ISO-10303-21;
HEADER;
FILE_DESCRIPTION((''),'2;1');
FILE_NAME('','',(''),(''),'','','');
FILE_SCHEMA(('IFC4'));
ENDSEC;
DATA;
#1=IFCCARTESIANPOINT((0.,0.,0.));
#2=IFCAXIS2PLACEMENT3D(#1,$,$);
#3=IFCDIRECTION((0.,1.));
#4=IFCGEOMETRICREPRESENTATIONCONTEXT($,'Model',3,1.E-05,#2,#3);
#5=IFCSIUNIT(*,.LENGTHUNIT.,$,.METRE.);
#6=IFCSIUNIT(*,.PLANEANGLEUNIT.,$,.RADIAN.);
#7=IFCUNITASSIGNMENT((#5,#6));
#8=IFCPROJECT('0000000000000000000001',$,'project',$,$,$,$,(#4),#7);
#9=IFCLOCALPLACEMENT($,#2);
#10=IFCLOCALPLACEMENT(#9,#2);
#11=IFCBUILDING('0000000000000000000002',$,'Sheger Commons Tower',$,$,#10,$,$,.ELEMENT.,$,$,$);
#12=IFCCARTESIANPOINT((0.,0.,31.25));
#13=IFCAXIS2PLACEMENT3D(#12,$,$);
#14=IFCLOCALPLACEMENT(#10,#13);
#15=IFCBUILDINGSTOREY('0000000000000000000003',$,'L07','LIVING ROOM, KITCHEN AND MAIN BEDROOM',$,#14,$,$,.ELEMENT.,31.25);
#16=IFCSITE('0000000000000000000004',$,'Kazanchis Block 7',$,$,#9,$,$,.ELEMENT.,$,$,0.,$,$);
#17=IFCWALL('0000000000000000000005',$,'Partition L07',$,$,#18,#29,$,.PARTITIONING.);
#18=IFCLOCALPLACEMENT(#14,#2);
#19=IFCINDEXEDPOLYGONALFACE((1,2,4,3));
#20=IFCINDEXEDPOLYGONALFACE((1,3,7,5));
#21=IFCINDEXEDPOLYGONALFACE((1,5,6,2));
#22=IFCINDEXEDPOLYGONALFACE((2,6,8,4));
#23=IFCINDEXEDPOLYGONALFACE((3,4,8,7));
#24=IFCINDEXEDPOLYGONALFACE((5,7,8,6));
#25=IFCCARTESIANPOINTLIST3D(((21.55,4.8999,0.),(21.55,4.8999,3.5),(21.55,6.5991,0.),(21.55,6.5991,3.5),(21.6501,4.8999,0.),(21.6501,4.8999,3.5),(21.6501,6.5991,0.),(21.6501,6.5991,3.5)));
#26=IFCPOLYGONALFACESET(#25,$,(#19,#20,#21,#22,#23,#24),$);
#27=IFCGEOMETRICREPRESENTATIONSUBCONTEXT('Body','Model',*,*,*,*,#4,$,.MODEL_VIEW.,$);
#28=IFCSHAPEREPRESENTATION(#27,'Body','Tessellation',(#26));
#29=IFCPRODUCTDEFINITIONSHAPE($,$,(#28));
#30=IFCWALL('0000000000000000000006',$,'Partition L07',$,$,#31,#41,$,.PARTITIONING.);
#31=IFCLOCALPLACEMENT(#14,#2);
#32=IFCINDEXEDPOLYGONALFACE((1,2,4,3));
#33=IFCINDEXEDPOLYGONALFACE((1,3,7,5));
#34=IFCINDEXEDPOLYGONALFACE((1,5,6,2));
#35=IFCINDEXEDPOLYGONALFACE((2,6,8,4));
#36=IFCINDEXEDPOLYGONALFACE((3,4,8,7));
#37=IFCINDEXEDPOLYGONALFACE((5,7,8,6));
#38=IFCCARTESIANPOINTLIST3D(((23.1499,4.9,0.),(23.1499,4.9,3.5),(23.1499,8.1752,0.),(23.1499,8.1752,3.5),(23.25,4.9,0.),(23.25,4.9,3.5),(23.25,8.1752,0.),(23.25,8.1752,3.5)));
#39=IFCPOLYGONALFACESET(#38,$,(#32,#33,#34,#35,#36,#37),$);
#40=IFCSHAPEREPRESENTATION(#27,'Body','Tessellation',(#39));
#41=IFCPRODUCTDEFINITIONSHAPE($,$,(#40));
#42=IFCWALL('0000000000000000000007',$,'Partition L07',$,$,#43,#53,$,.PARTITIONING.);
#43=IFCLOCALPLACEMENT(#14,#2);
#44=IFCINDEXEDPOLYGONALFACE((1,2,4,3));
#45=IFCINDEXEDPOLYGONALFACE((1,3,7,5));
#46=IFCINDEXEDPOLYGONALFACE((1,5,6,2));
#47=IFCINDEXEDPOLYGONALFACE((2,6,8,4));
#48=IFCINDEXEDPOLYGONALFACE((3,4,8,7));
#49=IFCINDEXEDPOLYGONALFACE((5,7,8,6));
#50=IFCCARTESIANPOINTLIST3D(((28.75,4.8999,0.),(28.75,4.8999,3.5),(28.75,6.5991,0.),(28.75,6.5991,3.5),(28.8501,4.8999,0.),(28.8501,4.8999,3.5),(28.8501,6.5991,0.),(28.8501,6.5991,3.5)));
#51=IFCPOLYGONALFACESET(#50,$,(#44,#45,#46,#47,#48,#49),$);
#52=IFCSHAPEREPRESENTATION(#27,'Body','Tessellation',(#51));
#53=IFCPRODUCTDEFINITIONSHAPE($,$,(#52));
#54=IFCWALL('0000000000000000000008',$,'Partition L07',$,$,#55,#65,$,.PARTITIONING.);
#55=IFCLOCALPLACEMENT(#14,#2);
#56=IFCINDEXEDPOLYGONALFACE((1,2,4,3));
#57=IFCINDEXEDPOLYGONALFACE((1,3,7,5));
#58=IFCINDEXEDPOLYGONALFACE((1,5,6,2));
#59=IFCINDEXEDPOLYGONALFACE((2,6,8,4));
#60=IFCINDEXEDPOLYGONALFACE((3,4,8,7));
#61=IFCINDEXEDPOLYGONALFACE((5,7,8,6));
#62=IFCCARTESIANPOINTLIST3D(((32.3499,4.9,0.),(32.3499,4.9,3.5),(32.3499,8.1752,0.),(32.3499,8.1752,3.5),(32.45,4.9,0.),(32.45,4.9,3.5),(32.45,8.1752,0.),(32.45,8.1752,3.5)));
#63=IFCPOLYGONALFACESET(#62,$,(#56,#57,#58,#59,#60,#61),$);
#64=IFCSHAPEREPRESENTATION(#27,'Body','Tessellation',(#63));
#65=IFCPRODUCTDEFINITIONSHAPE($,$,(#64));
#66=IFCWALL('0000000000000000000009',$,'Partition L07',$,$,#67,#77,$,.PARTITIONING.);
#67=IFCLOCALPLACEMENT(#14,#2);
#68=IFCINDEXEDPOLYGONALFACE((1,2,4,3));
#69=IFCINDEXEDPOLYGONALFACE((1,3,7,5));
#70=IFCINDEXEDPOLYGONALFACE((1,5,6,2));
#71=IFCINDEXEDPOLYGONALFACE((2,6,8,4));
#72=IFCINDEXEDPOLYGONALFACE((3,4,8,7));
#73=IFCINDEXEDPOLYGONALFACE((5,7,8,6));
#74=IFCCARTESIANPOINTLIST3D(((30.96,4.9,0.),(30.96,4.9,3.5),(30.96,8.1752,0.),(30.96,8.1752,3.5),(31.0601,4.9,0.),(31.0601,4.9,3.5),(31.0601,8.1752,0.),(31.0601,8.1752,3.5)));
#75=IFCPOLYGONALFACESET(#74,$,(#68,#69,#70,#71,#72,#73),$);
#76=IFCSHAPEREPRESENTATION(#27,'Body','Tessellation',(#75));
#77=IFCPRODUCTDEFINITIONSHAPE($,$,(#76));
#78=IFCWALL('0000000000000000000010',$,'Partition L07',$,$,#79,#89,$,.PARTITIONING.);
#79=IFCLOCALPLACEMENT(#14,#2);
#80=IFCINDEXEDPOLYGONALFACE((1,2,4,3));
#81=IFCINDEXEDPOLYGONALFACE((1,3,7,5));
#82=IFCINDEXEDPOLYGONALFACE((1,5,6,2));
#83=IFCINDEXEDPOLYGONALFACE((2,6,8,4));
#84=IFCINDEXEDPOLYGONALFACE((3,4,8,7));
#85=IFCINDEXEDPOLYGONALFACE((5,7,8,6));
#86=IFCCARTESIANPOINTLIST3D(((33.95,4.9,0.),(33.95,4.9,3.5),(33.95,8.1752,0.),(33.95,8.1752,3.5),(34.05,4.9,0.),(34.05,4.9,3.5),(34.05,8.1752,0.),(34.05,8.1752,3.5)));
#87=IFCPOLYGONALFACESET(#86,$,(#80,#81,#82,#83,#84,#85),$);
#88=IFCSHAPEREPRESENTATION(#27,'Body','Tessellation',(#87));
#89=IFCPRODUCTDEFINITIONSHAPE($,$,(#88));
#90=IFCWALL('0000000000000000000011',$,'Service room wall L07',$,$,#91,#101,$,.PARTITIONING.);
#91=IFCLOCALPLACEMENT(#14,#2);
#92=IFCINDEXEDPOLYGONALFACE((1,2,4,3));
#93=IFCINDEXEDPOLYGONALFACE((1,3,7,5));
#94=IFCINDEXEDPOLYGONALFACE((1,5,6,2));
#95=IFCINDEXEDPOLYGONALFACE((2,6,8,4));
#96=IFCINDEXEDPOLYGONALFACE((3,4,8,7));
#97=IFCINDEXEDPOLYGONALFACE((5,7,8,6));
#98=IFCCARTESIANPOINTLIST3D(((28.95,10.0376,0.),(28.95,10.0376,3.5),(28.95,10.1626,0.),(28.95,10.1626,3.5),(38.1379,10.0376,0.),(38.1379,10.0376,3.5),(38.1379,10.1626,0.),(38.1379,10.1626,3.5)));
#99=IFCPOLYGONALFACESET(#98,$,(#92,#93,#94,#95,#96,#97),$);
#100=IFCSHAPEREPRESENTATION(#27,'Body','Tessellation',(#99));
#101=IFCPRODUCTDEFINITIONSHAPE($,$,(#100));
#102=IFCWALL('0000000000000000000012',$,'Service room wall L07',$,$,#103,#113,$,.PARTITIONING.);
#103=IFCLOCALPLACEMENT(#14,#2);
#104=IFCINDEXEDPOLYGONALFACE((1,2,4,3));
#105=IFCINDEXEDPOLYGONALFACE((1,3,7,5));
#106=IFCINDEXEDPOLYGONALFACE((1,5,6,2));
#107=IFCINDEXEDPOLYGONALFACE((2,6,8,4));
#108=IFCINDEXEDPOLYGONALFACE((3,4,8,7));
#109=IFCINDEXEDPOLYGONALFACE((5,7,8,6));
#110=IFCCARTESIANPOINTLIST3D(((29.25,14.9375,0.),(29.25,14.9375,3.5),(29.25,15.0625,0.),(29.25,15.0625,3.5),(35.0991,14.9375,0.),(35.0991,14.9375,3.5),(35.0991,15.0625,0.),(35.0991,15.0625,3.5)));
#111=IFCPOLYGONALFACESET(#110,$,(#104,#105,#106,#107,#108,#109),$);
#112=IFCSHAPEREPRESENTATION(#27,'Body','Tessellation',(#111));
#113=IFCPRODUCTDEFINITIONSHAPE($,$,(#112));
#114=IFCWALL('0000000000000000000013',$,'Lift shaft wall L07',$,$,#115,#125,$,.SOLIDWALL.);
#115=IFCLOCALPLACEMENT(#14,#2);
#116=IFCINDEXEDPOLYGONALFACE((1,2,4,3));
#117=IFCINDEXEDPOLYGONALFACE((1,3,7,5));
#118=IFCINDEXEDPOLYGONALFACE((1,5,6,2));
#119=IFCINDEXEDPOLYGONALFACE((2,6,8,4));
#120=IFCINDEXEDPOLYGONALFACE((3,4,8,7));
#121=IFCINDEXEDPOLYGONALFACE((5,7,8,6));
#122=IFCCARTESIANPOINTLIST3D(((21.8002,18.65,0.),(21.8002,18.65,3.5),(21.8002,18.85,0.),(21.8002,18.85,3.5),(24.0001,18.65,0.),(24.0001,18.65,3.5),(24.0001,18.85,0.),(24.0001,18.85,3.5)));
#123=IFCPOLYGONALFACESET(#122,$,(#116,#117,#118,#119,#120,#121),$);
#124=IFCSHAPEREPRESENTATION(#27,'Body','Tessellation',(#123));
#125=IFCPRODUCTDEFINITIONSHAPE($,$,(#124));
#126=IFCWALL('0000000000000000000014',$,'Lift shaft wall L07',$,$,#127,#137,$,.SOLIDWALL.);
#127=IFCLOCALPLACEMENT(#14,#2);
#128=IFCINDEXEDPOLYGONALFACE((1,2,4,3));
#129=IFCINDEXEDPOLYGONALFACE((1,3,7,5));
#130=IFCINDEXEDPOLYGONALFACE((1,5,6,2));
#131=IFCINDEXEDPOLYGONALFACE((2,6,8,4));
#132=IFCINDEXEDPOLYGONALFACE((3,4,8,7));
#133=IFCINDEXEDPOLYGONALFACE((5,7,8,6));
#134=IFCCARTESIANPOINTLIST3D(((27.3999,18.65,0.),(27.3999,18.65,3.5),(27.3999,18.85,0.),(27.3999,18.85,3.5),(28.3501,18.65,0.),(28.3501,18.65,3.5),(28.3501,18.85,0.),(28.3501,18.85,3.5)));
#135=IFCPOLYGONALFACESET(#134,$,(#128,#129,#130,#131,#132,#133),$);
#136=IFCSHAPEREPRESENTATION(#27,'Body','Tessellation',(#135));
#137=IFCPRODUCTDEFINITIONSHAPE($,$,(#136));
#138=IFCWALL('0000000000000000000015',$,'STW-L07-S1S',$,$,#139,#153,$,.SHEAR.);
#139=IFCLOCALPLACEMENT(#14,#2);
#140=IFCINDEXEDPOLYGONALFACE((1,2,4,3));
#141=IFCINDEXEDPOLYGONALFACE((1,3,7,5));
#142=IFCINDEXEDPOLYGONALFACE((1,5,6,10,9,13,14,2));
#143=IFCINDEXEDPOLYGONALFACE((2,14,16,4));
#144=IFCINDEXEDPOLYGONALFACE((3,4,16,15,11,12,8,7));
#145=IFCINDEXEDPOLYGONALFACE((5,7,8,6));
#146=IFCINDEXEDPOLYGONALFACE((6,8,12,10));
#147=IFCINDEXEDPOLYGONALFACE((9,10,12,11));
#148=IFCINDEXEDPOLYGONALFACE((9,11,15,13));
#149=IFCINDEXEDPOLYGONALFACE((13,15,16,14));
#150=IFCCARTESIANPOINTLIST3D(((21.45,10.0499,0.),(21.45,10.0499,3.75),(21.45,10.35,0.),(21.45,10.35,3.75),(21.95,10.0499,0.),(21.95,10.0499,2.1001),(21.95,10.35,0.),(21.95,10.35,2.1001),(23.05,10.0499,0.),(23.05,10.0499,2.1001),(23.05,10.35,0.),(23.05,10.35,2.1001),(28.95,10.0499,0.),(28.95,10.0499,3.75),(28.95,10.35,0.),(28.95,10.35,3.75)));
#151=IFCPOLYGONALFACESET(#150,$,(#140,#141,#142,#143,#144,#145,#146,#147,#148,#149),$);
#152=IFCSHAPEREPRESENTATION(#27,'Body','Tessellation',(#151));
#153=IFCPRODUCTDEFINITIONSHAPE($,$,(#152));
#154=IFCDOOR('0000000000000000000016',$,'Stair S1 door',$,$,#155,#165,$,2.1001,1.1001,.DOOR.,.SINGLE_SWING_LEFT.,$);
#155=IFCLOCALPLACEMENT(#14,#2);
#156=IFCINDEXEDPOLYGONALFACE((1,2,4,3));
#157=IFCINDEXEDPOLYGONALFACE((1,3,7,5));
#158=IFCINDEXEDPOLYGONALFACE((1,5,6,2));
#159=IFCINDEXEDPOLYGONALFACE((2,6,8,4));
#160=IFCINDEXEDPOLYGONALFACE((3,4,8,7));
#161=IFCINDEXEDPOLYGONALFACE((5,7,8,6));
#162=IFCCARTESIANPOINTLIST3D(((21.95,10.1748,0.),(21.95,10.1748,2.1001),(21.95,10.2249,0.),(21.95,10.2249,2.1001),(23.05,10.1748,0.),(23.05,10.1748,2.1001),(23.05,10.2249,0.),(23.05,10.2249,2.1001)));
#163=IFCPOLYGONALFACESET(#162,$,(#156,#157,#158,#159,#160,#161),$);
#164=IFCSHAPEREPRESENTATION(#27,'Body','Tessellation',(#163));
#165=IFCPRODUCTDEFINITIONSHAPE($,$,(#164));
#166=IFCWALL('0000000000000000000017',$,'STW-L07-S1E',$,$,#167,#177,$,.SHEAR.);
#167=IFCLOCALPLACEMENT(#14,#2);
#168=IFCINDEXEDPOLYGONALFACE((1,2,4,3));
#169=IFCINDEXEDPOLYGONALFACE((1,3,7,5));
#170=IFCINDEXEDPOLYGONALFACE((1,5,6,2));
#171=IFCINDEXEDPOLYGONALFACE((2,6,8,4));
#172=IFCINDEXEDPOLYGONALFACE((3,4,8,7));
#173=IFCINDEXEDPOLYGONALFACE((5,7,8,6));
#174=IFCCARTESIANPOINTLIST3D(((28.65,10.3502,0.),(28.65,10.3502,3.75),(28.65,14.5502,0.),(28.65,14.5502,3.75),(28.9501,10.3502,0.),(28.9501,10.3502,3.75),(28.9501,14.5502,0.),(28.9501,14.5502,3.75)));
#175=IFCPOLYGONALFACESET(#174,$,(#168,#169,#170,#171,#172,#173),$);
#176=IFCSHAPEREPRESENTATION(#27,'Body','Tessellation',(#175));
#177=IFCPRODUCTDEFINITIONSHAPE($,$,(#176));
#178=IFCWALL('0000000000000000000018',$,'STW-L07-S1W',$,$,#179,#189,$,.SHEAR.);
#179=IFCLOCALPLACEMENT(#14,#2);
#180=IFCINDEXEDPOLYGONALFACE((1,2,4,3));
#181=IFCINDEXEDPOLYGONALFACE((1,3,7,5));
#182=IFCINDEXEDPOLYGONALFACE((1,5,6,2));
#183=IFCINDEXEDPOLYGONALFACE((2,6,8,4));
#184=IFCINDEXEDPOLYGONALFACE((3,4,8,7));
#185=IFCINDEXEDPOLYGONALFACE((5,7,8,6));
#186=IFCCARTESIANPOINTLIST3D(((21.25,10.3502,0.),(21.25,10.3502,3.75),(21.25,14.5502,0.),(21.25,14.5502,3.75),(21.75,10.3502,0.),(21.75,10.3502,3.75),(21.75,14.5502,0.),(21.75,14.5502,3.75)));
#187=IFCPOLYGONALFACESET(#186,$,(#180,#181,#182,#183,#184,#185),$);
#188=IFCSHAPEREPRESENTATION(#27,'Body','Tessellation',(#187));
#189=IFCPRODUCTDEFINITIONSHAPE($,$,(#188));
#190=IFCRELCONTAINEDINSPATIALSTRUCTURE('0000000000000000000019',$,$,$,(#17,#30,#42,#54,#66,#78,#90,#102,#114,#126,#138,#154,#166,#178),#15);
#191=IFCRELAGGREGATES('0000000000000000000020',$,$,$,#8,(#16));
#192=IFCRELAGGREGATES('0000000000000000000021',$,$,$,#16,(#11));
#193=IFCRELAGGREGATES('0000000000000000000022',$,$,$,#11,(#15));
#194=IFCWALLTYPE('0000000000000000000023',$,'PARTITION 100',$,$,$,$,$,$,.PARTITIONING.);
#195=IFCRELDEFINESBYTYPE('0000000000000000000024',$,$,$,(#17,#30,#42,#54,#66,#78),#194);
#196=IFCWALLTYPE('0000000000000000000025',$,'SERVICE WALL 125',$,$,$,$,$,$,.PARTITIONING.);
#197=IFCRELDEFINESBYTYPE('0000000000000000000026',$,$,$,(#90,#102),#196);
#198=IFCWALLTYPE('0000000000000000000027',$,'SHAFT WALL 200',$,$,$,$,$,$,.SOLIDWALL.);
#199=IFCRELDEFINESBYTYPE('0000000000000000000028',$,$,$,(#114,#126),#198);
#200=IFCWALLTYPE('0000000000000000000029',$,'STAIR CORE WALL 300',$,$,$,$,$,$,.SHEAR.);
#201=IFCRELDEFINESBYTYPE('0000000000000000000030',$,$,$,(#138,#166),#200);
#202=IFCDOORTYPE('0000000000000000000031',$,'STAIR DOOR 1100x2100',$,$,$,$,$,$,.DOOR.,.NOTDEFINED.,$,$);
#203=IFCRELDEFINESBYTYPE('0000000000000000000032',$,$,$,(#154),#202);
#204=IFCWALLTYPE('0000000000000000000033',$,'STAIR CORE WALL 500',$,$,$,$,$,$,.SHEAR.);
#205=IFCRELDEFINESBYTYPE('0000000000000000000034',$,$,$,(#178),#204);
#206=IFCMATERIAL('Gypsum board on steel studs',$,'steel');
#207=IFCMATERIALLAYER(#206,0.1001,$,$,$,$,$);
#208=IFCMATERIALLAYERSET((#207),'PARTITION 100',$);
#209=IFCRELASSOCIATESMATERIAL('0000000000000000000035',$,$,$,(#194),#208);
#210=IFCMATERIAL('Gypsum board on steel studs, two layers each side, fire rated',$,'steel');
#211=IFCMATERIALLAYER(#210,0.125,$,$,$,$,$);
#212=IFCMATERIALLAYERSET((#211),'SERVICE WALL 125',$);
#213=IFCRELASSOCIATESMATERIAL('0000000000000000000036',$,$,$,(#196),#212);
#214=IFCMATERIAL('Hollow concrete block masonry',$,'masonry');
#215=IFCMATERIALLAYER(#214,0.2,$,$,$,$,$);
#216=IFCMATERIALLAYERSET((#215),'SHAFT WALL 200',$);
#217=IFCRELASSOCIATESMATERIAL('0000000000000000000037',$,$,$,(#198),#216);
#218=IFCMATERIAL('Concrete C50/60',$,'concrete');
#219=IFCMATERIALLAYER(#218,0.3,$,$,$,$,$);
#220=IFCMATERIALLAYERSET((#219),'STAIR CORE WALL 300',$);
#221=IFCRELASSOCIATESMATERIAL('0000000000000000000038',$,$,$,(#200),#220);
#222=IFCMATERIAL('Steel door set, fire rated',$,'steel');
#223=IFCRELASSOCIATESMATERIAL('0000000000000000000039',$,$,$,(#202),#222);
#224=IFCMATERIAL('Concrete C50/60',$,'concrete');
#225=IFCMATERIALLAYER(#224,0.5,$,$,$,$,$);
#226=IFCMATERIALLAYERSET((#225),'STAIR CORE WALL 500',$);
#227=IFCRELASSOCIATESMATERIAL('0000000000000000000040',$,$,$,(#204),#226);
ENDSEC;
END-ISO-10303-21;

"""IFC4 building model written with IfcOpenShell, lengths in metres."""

from ifc_helpers import new_model, si_unit, direction, frame, frame_2d, origin, place, context, subcontext, project, spatial, rectangle, extrude, material, layer, layer_set, type_object, element, fill, save


model = new_model("IFC4")

# Units and contexts
model_context = context("Model", 3, precision=1e-05, world=origin(), true_north=direction((0.0, 1.0)))
body_context = subcontext(model_context, "Body", "Model", "MODEL_VIEW")
ifc_project = project(units=[si_unit("LENGTHUNIT", "METRE"), si_unit("PLANEANGLEUNIT", "RADIAN")], contexts=[model_context])

# Site, building, storey
site_placement = place(None, origin())
site = spatial("IfcSite", under=ifc_project, at=site_placement, Name="Kazanchis Block 7", CompositionType="ELEMENT", RefElevation=0.0)
building_placement = place(site_placement, origin())
building = spatial("IfcBuilding", under=site, at=building_placement, Name="Sheger Commons Tower", CompositionType="ELEMENT")
storey_placement = place(building_placement, frame((0.0, 0.0, 31.25)))
storey = spatial("IfcBuildingStorey", under=building, at=storey_placement, Name="L07", Description="LIVING ROOM, KITCHEN AND MAIN BEDROOM", CompositionType="ELEMENT", Elevation=31.25)

# Walls
ifc_material_1 = material(Name="Gypsum board on steel studs", Category="steel")
ifc_layer_1 = layer(ifc_material_1, 0.1001)
ifc_layer_set_1 = layer_set([ifc_layer_1], Name="PARTITION 100")
wall_type_1 = type_object("IfcWallType", Name="PARTITION 100", PredefinedType="PARTITIONING", material=ifc_layer_set_1)
wall_1_placement = place(storey_placement, frame((21.6001, 4.8999, 0.0), z_axis=(0.0, 0.0, 1.0), x_axis=(0.0, 1.0, 0.0)))
element("IfcWall", 1, at=wall_1_placement, inside=storey, type_object=wall_type_1, Name="Partition L07", PredefinedType="PARTITIONING", context=body_context, shape_type="SweptSolid", body=[
    extrude(rectangle(XDim=1.6992, YDim=0.1001, at=frame_2d((0.8496, 0.0))), origin(), (0.0, 0.0, 1.0), 3.5),
])
wall_2_placement = place(storey_placement, frame((23.2, 4.8999, 0.0), z_axis=(0.0, 0.0, 1.0), x_axis=(0.0, 1.0, 0.0)))
element("IfcWall", 2, at=wall_2_placement, inside=storey, type_object=wall_type_1, Name="Partition L07", PredefinedType="PARTITIONING", context=body_context, shape_type="SweptSolid", body=[
    extrude(rectangle(XDim=3.2751, YDim=0.1001, at=frame_2d((1.6377, 0.0))), origin(), (0.0, 0.0, 1.0), 3.5),
])
wall_3_placement = place(storey_placement, frame((28.8, 4.8999, 0.0), z_axis=(0.0, 0.0, 1.0), x_axis=(0.0, 1.0, 0.0)))
element("IfcWall", 3, at=wall_3_placement, inside=storey, type_object=wall_type_1, Name="Partition L07", PredefinedType="PARTITIONING", context=body_context, shape_type="SweptSolid", body=[
    extrude(rectangle(XDim=1.6992, YDim=0.1001, at=frame_2d((0.8496, 0.0))), origin(), (0.0, 0.0, 1.0), 3.5),
])
for number, where, z_axis, x_axis, name in (
    (4, (32.3999, 4.8999, 0.0), (0.0, 0.0, 1.0), (0.0, 1.0, 0.0), "Partition L07"),
    (5, (31.01, 4.8999, 0.0), (0.0, 0.0, 1.0), (0.0, 1.0, 0.0), "Partition L07"),
    (6, (34.0, 4.8999, 0.0), (0.0, 0.0, 1.0), (0.0, 1.0, 0.0), "Partition L07"),
):
    element("IfcWall", number, at=place(storey_placement, frame(where, z_axis=z_axis, x_axis=x_axis)), inside=storey, type_object=wall_type_1, Name=name, PredefinedType="PARTITIONING", context=body_context, shape_type="SweptSolid", body=[
        extrude(rectangle(XDim=3.2751, YDim=0.1001, at=frame_2d((1.6377, 0.0))), origin(), (0.0, 0.0, 1.0), 3.5),
    ])
ifc_material_2 = material(Name="Gypsum board on steel studs, two layers each side, fire rated", Category="steel")
ifc_layer_2 = layer(ifc_material_2, 0.125)
ifc_layer_set_2 = layer_set([ifc_layer_2], Name="SERVICE WALL 125")
wall_type_2 = type_object("IfcWallType", Name="SERVICE WALL 125", PredefinedType="PARTITIONING", material=ifc_layer_set_2)
wall_4_placement = place(storey_placement, frame((28.95, 10.1001, 0.0), z_axis=(0.0, 0.0, 1.0), x_axis=(1.0, 0.0, 0.0)))
element("IfcWall", 7, at=wall_4_placement, inside=storey, type_object=wall_type_2, Name="Service room wall L07", PredefinedType="PARTITIONING", context=body_context, shape_type="SweptSolid", body=[
    extrude(rectangle(XDim=9.188, YDim=0.125, at=frame_2d((4.594, 0.0))), origin(), (0.0, 0.0, 1.0), 3.5),
])
wall_5_placement = place(storey_placement, frame((29.25, 15.0, 0.0), z_axis=(0.0, 0.0, 1.0), x_axis=(1.0, 0.0, 0.0)))
element("IfcWall", 8, at=wall_5_placement, inside=storey, type_object=wall_type_2, Name="Service room wall L07", PredefinedType="PARTITIONING", context=body_context, shape_type="SweptSolid", body=[
    extrude(rectangle(XDim=5.8491, YDim=0.125, at=frame_2d((2.9246, 0.0))), origin(), (0.0, 0.0, 1.0), 3.5),
])
ifc_material_3 = material(Name="Hollow concrete block masonry", Category="masonry")
ifc_layer_3 = layer(ifc_material_3, 0.2)
ifc_layer_set_3 = layer_set([ifc_layer_3], Name="SHAFT WALL 200")
wall_type_3 = type_object("IfcWallType", Name="SHAFT WALL 200", PredefinedType="SOLIDWALL", material=ifc_layer_set_3)
wall_6_placement = place(storey_placement, frame((21.8, 18.75, 0.0), z_axis=(0.0, 0.0, 1.0), x_axis=(1.0, 0.0, 0.0)))
element("IfcWall", 9, at=wall_6_placement, inside=storey, type_object=wall_type_3, Name="Lift shaft wall L07", PredefinedType="SOLIDWALL", context=body_context, shape_type="SweptSolid", body=[
    extrude(rectangle(XDim=2.2, YDim=0.2, at=frame_2d((1.1001, 0.0))), origin(), (0.0, 0.0, 1.0), 3.5),
])
wall_7_placement = place(storey_placement, frame((27.3999, 18.75, 0.0), z_axis=(0.0, 0.0, 1.0), x_axis=(1.0, 0.0, 0.0)))
element("IfcWall", 10, at=wall_7_placement, inside=storey, type_object=wall_type_3, Name="Lift shaft wall L07", PredefinedType="SOLIDWALL", context=body_context, shape_type="SweptSolid", body=[
    extrude(rectangle(XDim=0.9502, YDim=0.2, at=frame_2d((0.4751, 0.0))), origin(), (0.0, 0.0, 1.0), 3.5),
])

# Wall, opening, door
ifc_material_4 = material(Name="Concrete C50/60", Category="concrete")
ifc_layer_4 = layer(ifc_material_4, 0.3)
ifc_layer_set_4 = layer_set([ifc_layer_4], Name="STAIR CORE WALL 300")
wall_type_4 = type_object("IfcWallType", Name="STAIR CORE WALL 300", PredefinedType="SHEAR", material=ifc_layer_set_4)
wall_8_placement = place(storey_placement, frame((21.45, 10.2, 0.0), z_axis=(0.0, 0.0, 1.0), x_axis=(1.0, 0.0, 0.0)))
wall_8 = element("IfcWall", 11, at=wall_8_placement, inside=storey, type_object=wall_type_4, Name="STW-L07-S1S", PredefinedType="SHEAR", context=body_context, shape_type="SweptSolid", body=[
    extrude(rectangle(XDim=7.5, YDim=0.3, at=frame_2d((3.75, 0.0))), origin(), (0.0, 0.0, 1.0), 3.75),
])
opening_1_placement = place(wall_8_placement, frame((0.5, 0.0, 0.0)))
opening_1 = element("IfcOpeningElement", 12, at=opening_1_placement, cuts=wall_8, PredefinedType="OPENING", context=body_context, shape_type="SweptSolid", body=[
    extrude(rectangle(XDim=1.1001, YDim=2.1001, at=frame_2d((0.55, 1.05))), frame((0.0, 0.1599, 0.0), z_axis=(0.0, -1.0, 0.0), x_axis=(1.0, 0.0, 0.0)), (0.0, 0.0, 1.0), 0.3201),
])
ifc_material_5 = material(Name="Steel door set, fire rated", Category="steel")
door_type_1 = type_object("IfcDoorType", Name="STAIR DOOR 1100x2100", OperationType="NOTDEFINED", PredefinedType="DOOR", material=ifc_material_5)
door_1_placement = place(opening_1_placement, origin())
door_1 = element("IfcDoor", 13, at=door_1_placement, inside=storey, type_object=door_type_1, Name="Stair S1 door", OperationType="SINGLE_SWING_LEFT", OverallHeight=2.1001, OverallWidth=1.1001, PredefinedType="DOOR", context=body_context, shape_type="SweptSolid", body=[
    extrude(rectangle(XDim=1.1001, YDim=2.1001, at=frame_2d((0.55, 1.05))), frame((0.0, 0.0249, 0.0), z_axis=(0.0, -1.0, 0.0), x_axis=(1.0, 0.0, 0.0)), (0.0, 0.0, 1.0), 0.05),
])
fill(opening_1, door_1)

# Walls
wall_9_placement = place(storey_placement, frame((28.8, 10.3501, 0.0), z_axis=(0.0, 0.0, 1.0), x_axis=(0.0, 1.0, 0.0)))
element("IfcWall", 14, at=wall_9_placement, inside=storey, type_object=wall_type_4, Name="STW-L07-S1E", PredefinedType="SHEAR", context=body_context, shape_type="SweptSolid", body=[
    extrude(rectangle(XDim=4.2, YDim=0.3, at=frame_2d((2.1001, 0.0))), origin(), (0.0, 0.0, 1.0), 3.75),
])
ifc_material_6 = material(Name="Concrete C50/60", Category="concrete")
ifc_layer_5 = layer(ifc_material_6, 0.5)
ifc_layer_set_5 = layer_set([ifc_layer_5], Name="STAIR CORE WALL 500")
wall_type_5 = type_object("IfcWallType", Name="STAIR CORE WALL 500", PredefinedType="SHEAR", material=ifc_layer_set_5)
wall_10_placement = place(storey_placement, frame((21.5, 10.3501, 0.0), z_axis=(0.0, 0.0, 1.0), x_axis=(0.0, 1.0, 0.0)))
element("IfcWall", 15, at=wall_10_placement, inside=storey, type_object=wall_type_5, Name="STW-L07-S1W", PredefinedType="SHEAR", context=body_context, shape_type="SweptSolid", body=[
    extrude(rectangle(XDim=4.2, YDim=0.5, at=frame_2d((2.1001, 0.0))), origin(), (0.0, 0.0, 1.0), 3.75),
])

save(model, "model.ifc")
